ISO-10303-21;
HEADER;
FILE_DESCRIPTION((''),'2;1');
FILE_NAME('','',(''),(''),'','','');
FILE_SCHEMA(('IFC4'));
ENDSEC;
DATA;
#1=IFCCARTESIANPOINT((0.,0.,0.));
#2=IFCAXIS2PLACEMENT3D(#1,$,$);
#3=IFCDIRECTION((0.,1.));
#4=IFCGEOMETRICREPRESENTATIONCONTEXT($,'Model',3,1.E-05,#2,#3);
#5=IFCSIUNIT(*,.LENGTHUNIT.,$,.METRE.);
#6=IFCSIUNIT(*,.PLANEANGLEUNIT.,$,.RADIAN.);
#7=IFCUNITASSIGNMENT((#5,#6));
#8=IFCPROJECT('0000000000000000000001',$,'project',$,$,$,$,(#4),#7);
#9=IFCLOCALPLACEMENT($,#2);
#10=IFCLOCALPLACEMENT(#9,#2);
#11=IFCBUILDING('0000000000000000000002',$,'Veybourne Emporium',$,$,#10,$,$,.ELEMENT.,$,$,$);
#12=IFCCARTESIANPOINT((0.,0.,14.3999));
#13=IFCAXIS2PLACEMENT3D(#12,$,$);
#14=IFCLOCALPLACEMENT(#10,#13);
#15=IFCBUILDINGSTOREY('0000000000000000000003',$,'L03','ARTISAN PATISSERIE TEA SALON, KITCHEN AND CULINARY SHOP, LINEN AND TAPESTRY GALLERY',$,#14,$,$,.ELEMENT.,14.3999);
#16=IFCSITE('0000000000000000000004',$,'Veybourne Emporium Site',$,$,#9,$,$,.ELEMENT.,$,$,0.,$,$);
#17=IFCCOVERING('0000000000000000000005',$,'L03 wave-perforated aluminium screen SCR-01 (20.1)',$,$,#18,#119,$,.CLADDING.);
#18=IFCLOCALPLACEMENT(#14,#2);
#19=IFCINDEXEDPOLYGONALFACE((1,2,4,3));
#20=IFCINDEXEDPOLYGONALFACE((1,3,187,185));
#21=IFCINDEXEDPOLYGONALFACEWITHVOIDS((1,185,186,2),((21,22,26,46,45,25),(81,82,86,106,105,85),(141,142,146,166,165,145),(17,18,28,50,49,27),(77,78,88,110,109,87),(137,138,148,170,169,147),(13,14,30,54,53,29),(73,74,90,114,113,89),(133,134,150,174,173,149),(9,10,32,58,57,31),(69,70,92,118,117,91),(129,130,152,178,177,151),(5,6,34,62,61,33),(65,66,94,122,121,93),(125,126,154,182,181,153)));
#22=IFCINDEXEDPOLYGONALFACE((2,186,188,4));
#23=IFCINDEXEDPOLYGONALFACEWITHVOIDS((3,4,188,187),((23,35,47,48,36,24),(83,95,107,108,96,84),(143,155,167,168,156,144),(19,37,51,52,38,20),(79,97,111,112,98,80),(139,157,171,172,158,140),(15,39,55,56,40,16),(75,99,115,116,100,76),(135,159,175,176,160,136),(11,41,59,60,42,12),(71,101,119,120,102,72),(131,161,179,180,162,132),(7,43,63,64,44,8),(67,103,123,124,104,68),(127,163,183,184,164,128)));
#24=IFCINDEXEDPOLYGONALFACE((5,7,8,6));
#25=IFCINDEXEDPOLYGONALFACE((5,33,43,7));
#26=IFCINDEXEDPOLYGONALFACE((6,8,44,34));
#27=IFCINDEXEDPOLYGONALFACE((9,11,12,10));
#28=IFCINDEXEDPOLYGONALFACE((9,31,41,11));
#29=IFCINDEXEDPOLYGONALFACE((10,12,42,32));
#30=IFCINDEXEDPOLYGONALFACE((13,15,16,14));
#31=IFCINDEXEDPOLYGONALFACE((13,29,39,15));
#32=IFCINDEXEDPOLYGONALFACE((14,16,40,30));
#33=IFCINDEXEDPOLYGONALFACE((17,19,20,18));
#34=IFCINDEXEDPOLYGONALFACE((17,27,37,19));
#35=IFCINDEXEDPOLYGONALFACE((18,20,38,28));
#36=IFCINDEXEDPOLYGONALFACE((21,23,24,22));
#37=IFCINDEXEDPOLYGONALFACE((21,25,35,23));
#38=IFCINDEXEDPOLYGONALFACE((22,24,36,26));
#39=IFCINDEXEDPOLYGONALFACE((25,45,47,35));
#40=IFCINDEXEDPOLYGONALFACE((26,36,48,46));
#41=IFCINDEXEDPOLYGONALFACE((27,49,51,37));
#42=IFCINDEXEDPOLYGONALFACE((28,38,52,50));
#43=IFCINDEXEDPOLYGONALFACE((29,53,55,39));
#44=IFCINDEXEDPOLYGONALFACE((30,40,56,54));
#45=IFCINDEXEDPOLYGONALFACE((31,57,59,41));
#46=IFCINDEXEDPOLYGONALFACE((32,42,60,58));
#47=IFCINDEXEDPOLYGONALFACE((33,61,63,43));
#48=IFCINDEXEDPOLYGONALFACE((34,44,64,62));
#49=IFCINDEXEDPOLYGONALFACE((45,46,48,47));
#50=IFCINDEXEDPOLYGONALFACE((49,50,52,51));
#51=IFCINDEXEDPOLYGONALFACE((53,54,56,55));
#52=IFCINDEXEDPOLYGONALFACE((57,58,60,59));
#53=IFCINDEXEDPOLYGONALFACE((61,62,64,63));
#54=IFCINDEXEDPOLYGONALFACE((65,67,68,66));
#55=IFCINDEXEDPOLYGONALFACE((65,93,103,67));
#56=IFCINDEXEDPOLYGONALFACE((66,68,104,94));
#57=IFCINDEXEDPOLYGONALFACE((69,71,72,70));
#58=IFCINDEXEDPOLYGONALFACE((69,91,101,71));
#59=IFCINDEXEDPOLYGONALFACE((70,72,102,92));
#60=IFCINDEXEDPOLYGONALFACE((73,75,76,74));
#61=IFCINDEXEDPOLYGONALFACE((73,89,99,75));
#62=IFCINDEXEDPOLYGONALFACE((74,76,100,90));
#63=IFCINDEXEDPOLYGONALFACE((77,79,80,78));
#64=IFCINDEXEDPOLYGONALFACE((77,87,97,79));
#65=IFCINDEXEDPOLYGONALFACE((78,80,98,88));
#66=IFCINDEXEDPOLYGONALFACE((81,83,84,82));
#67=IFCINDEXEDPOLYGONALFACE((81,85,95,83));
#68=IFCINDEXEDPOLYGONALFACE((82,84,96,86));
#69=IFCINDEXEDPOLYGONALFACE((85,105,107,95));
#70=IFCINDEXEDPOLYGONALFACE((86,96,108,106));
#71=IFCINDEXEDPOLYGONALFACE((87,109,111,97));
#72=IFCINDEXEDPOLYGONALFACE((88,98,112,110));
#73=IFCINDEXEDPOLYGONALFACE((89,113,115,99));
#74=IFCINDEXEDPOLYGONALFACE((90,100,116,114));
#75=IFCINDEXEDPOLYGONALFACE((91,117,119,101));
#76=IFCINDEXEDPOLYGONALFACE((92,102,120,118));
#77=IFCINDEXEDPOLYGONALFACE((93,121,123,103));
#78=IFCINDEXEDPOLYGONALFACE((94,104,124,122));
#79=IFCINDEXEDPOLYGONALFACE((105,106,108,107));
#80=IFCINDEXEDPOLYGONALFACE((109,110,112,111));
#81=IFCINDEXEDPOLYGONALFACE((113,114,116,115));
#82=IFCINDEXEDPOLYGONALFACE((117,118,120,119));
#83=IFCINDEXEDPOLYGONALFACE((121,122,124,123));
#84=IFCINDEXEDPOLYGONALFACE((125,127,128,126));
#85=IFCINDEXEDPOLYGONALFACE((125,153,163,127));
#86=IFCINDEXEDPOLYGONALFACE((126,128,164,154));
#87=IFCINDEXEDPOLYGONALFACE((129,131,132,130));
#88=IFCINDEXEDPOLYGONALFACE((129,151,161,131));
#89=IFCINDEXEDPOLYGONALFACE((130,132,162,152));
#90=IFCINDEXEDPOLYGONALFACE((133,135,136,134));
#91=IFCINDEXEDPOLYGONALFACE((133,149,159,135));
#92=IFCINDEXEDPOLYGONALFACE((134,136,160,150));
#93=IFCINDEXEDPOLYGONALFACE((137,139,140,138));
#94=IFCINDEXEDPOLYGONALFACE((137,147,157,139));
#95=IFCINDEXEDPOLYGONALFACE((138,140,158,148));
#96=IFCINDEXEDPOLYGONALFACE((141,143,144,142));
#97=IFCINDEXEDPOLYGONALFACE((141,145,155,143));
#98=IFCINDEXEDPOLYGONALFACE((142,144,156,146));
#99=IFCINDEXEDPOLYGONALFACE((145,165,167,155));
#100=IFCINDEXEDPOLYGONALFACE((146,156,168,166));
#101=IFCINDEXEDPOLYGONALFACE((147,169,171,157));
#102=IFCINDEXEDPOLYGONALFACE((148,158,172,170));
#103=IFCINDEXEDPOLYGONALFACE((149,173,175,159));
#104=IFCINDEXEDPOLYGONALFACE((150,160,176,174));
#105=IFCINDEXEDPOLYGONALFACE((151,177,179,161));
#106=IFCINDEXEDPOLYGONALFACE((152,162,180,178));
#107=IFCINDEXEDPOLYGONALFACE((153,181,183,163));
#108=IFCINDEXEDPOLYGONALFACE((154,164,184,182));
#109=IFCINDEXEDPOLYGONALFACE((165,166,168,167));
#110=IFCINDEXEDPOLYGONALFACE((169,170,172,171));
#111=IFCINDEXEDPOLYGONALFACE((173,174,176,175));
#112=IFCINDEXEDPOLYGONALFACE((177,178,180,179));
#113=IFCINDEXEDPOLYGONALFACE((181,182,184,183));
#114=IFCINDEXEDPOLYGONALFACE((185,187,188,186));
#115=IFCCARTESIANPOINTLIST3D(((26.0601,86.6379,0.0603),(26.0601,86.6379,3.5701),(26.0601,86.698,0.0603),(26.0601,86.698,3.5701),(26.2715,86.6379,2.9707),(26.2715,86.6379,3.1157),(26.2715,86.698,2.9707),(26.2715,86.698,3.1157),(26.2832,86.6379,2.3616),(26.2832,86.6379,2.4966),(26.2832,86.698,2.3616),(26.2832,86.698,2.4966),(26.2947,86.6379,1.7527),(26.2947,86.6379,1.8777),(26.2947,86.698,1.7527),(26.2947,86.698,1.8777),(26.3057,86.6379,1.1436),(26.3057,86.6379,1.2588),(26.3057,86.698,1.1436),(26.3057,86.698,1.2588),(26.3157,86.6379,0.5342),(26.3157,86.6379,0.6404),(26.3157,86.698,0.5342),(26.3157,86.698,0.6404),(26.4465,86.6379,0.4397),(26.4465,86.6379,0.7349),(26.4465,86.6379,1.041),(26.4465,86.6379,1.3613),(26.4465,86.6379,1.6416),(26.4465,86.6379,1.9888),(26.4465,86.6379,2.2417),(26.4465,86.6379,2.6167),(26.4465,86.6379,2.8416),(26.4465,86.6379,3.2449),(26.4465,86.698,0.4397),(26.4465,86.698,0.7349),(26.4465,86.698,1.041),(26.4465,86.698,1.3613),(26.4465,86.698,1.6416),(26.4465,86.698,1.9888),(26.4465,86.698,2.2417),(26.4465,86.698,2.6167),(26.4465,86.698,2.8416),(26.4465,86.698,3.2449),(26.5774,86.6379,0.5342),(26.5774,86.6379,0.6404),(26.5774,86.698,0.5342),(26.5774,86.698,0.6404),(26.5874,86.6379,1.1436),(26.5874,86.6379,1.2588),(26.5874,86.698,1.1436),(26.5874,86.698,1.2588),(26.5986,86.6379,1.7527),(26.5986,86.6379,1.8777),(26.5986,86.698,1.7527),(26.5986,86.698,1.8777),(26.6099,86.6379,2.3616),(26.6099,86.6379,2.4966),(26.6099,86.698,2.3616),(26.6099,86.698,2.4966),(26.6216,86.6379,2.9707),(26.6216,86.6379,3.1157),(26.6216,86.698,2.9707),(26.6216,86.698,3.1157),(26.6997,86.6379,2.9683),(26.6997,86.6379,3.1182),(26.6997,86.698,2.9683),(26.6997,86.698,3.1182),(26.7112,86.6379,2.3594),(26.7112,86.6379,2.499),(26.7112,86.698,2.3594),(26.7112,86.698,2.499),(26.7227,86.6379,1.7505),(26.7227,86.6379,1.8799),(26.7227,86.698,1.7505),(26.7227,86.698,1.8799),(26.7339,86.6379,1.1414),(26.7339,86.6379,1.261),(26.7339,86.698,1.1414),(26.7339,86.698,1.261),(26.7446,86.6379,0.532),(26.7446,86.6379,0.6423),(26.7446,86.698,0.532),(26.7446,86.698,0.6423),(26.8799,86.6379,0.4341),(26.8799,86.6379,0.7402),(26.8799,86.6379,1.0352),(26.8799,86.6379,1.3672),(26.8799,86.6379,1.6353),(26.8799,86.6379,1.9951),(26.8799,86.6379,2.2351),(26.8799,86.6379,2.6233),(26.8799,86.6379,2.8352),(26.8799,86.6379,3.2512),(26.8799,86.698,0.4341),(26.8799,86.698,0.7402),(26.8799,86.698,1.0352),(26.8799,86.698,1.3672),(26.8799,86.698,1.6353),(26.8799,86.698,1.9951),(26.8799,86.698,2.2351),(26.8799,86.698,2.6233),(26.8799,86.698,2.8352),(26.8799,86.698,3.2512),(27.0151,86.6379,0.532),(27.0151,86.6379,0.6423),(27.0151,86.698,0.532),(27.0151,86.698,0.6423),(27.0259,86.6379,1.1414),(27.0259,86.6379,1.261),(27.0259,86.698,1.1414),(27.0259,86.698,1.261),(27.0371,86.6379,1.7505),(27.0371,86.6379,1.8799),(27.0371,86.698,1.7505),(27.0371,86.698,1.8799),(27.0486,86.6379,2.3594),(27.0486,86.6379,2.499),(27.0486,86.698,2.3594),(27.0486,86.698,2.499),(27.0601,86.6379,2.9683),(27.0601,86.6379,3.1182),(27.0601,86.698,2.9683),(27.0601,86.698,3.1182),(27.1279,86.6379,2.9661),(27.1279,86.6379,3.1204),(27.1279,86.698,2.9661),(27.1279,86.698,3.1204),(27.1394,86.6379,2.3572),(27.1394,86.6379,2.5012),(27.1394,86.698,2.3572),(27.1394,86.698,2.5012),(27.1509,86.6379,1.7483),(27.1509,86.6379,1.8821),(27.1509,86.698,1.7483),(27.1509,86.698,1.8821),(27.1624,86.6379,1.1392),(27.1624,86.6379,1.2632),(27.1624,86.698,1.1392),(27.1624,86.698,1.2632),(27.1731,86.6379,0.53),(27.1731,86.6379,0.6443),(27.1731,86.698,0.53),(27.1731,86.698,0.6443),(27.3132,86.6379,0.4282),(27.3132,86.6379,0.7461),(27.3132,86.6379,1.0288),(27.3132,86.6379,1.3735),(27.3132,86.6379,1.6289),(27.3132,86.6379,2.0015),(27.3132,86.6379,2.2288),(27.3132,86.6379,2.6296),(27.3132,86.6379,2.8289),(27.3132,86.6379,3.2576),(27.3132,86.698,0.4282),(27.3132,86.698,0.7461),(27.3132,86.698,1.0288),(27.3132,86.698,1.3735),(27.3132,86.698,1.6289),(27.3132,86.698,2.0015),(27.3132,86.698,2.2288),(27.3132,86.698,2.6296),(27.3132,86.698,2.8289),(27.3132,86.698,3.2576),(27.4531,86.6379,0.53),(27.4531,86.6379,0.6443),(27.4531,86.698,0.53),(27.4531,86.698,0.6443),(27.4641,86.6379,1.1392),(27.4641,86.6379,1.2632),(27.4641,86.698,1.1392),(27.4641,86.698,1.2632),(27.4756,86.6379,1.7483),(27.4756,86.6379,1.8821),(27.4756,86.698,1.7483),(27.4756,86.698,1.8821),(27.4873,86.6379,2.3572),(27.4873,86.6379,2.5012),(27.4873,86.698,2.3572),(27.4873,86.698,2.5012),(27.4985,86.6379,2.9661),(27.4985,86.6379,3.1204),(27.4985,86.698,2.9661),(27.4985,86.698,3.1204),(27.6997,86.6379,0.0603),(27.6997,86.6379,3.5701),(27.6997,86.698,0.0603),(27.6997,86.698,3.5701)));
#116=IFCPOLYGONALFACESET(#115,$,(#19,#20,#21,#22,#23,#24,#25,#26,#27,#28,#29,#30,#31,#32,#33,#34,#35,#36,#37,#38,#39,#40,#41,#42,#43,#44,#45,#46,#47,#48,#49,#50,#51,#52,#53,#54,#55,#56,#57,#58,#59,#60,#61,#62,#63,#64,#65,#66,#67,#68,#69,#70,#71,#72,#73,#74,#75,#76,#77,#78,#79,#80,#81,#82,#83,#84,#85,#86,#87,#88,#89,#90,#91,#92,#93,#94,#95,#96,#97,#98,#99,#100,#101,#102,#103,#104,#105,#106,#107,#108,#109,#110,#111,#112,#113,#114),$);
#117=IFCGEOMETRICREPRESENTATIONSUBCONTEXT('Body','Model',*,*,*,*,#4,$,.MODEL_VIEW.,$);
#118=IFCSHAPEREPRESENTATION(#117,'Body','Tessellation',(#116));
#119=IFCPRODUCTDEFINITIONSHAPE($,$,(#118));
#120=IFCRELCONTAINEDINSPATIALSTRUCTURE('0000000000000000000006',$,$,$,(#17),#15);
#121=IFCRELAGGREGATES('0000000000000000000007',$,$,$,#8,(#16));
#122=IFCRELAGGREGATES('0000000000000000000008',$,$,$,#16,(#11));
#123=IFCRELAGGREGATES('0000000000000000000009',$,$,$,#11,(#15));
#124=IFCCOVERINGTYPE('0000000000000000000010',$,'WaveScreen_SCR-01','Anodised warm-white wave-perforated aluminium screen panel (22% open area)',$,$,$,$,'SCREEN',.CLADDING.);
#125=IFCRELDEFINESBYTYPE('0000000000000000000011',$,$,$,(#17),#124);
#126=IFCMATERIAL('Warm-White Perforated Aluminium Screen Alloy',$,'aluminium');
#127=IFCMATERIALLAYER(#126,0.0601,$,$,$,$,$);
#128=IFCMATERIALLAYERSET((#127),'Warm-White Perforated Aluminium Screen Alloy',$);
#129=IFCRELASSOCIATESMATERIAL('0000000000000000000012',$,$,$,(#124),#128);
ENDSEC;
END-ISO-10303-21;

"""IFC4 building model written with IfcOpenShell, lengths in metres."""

from ifc_helpers import new_model, si_unit, direction, frame, origin, place, context, subcontext, project, spatial, polyline, outline, extrude, material, layer, layer_set, type_object, element, save


model = new_model("IFC4")

# Units and contexts
model_context = context("Model", 3, precision=1e-05, world=origin(), true_north=direction((0.0, 1.0)))
body_context = subcontext(model_context, "Body", "Model", "MODEL_VIEW")
ifc_project = project(units=[si_unit("LENGTHUNIT", "METRE"), si_unit("PLANEANGLEUNIT", "RADIAN")], contexts=[model_context])

# Site, building, storey
site_placement = place(None, origin())
site = spatial("IfcSite", under=ifc_project, at=site_placement, Name="Veybourne Emporium Site", CompositionType="ELEMENT", RefElevation=0.0)
building_placement = place(site_placement, origin())
building = spatial("IfcBuilding", under=site, at=building_placement, Name="Veybourne Emporium", CompositionType="ELEMENT")
storey_placement = place(building_placement, frame((0.0, 0.0, 14.3999)))
storey = spatial("IfcBuildingStorey", under=building, at=storey_placement, Name="L03", Description="ARTISAN PATISSERIE TEA SALON, KITCHEN AND CULINARY SHOP, LINEN AND TAPESTRY GALLERY", CompositionType="ELEMENT", Elevation=14.3999)

# Covering
ifc_material_1 = material(Name="Warm-White Perforated Aluminium Screen Alloy", Category="aluminium")
ifc_layer_1 = layer(ifc_material_1, 0.0601)
ifc_layer_set_1 = layer_set([ifc_layer_1], Name="Warm-White Perforated Aluminium Screen Alloy")
covering_type_1 = type_object("IfcCoveringType", Name="WaveScreen_SCR-01", Description="Anodised warm-white wave-perforated aluminium screen panel (22% open area)", ElementType="SCREEN", PredefinedType="CLADDING", material=ifc_layer_set_1)
covering_1_placement = place(storey_placement, frame((26.8799, 86.698, 1.8152), z_axis=(0.0, -1.0, 0.0), x_axis=(1.0, 0.0, 0.0)))
element("IfcCovering", 1, at=covering_1_placement, inside=storey, type_object=covering_type_1, Name="L03 wave-perforated aluminium screen SCR-01 (20.1)", PredefinedType="CLADDING", context=body_context, shape_type="SweptSolid", body=[
    extrude(outline(polyline([(-0.8198, -1.7549), (0.8198, -1.7549), (0.8198, 1.7549), (-0.8198, 1.7549), (-0.8198, -1.7549)]), holes=[polyline([(-0.4333, -1.0803), (-0.3025, -1.1748), (-0.3025, -1.281), (-0.4333, -1.3755), (-0.5642, -1.281), (-0.5642, -1.1748), (-0.4333, -1.0803)]), polyline([(-0.4333, -0.4539), (-0.2925, -0.5564), (-0.2925, -0.6716), (-0.4333, -0.7742), (-0.5742, -0.6716), (-0.5742, -0.5564), (-0.4333, -0.4539)]), polyline([(-0.4333, 0.1736), (-0.2812, 0.0625), (-0.2812, -0.0625), (-0.4333, -0.1736), (-0.5852, -0.0625), (-0.5852, 0.0625), (-0.4333, 0.1736)]), polyline([(-0.4333, 0.8015), (-0.27, 0.6814), (-0.27, 0.5464), (-0.4333, 0.4265), (-0.5967, 0.5464), (-0.5967, 0.6814), (-0.4333, 0.8015)]), polyline([(-0.4333, 1.4297), (-0.2583, 1.3005), (-0.2583, 1.1555), (-0.4333, 1.0264), (-0.6084, 1.1555), (-0.6084, 1.3005), (-0.4333, 1.4297)]), polyline([(0.0, -1.075), (0.1353, -1.1729), (0.1353, -1.2832), (0.0, -1.3811), (-0.1353, -1.2832), (-0.1353, -1.1729), (0.0, -1.075)]), polyline([(0.0, -0.448), (0.146, -0.5542), (0.146, -0.6738), (0.0, -0.78), (-0.146, -0.6738), (-0.146, -0.5542), (0.0, -0.448)]), polyline([(0.0, 0.1799), (0.1572, 0.0647), (0.1572, -0.0647), (0.0, -0.1799), (-0.1572, -0.0647), (-0.1572, 0.0647), (0.0, 0.1799)]), polyline([(0.0, 0.8081), (0.1687, 0.6838), (0.1687, 0.5442), (0.0, 0.4199), (-0.1687, 0.5442), (-0.1687, 0.6838), (0.0, 0.8081)]), polyline([(0.0, 1.436), (0.1802, 1.303), (0.1802, 1.1531), (0.0, 1.02), (-0.1802, 1.1531), (-0.1802, 1.303), (0.0, 1.436)]), polyline([(0.4333, -1.0691), (0.5732, -1.1709), (0.5732, -1.2852), (0.4333, -1.387), (0.2932, -1.2852), (0.2932, -1.1709), (0.4333, -1.0691)]), polyline([(0.4333, -0.4417), (0.5842, -0.552), (0.5842, -0.676), (0.4333, -0.7864), (0.2825, -0.676), (0.2825, -0.552), (0.4333, -0.4417)]), polyline([(0.4333, 0.1863), (0.5957, 0.0669), (0.5957, -0.0669), (0.4333, -0.1863), (0.271, -0.0669), (0.271, 0.0669), (0.4333, 0.1863)]), polyline([(0.4333, 0.8145), (0.6074, 0.686), (0.6074, 0.542), (0.4333, 0.4136), (0.2595, 0.542), (0.2595, 0.686), (0.4333, 0.8145)]), polyline([(0.4333, 1.4424), (0.6187, 1.3052), (0.6187, 1.1509), (0.4333, 1.0137), (0.248, 1.1509), (0.248, 1.3052), (0.4333, 1.4424)])]), origin(), (0.0, 0.0, 1.0), 0.0601),
])

save(model, "model.ifc")
